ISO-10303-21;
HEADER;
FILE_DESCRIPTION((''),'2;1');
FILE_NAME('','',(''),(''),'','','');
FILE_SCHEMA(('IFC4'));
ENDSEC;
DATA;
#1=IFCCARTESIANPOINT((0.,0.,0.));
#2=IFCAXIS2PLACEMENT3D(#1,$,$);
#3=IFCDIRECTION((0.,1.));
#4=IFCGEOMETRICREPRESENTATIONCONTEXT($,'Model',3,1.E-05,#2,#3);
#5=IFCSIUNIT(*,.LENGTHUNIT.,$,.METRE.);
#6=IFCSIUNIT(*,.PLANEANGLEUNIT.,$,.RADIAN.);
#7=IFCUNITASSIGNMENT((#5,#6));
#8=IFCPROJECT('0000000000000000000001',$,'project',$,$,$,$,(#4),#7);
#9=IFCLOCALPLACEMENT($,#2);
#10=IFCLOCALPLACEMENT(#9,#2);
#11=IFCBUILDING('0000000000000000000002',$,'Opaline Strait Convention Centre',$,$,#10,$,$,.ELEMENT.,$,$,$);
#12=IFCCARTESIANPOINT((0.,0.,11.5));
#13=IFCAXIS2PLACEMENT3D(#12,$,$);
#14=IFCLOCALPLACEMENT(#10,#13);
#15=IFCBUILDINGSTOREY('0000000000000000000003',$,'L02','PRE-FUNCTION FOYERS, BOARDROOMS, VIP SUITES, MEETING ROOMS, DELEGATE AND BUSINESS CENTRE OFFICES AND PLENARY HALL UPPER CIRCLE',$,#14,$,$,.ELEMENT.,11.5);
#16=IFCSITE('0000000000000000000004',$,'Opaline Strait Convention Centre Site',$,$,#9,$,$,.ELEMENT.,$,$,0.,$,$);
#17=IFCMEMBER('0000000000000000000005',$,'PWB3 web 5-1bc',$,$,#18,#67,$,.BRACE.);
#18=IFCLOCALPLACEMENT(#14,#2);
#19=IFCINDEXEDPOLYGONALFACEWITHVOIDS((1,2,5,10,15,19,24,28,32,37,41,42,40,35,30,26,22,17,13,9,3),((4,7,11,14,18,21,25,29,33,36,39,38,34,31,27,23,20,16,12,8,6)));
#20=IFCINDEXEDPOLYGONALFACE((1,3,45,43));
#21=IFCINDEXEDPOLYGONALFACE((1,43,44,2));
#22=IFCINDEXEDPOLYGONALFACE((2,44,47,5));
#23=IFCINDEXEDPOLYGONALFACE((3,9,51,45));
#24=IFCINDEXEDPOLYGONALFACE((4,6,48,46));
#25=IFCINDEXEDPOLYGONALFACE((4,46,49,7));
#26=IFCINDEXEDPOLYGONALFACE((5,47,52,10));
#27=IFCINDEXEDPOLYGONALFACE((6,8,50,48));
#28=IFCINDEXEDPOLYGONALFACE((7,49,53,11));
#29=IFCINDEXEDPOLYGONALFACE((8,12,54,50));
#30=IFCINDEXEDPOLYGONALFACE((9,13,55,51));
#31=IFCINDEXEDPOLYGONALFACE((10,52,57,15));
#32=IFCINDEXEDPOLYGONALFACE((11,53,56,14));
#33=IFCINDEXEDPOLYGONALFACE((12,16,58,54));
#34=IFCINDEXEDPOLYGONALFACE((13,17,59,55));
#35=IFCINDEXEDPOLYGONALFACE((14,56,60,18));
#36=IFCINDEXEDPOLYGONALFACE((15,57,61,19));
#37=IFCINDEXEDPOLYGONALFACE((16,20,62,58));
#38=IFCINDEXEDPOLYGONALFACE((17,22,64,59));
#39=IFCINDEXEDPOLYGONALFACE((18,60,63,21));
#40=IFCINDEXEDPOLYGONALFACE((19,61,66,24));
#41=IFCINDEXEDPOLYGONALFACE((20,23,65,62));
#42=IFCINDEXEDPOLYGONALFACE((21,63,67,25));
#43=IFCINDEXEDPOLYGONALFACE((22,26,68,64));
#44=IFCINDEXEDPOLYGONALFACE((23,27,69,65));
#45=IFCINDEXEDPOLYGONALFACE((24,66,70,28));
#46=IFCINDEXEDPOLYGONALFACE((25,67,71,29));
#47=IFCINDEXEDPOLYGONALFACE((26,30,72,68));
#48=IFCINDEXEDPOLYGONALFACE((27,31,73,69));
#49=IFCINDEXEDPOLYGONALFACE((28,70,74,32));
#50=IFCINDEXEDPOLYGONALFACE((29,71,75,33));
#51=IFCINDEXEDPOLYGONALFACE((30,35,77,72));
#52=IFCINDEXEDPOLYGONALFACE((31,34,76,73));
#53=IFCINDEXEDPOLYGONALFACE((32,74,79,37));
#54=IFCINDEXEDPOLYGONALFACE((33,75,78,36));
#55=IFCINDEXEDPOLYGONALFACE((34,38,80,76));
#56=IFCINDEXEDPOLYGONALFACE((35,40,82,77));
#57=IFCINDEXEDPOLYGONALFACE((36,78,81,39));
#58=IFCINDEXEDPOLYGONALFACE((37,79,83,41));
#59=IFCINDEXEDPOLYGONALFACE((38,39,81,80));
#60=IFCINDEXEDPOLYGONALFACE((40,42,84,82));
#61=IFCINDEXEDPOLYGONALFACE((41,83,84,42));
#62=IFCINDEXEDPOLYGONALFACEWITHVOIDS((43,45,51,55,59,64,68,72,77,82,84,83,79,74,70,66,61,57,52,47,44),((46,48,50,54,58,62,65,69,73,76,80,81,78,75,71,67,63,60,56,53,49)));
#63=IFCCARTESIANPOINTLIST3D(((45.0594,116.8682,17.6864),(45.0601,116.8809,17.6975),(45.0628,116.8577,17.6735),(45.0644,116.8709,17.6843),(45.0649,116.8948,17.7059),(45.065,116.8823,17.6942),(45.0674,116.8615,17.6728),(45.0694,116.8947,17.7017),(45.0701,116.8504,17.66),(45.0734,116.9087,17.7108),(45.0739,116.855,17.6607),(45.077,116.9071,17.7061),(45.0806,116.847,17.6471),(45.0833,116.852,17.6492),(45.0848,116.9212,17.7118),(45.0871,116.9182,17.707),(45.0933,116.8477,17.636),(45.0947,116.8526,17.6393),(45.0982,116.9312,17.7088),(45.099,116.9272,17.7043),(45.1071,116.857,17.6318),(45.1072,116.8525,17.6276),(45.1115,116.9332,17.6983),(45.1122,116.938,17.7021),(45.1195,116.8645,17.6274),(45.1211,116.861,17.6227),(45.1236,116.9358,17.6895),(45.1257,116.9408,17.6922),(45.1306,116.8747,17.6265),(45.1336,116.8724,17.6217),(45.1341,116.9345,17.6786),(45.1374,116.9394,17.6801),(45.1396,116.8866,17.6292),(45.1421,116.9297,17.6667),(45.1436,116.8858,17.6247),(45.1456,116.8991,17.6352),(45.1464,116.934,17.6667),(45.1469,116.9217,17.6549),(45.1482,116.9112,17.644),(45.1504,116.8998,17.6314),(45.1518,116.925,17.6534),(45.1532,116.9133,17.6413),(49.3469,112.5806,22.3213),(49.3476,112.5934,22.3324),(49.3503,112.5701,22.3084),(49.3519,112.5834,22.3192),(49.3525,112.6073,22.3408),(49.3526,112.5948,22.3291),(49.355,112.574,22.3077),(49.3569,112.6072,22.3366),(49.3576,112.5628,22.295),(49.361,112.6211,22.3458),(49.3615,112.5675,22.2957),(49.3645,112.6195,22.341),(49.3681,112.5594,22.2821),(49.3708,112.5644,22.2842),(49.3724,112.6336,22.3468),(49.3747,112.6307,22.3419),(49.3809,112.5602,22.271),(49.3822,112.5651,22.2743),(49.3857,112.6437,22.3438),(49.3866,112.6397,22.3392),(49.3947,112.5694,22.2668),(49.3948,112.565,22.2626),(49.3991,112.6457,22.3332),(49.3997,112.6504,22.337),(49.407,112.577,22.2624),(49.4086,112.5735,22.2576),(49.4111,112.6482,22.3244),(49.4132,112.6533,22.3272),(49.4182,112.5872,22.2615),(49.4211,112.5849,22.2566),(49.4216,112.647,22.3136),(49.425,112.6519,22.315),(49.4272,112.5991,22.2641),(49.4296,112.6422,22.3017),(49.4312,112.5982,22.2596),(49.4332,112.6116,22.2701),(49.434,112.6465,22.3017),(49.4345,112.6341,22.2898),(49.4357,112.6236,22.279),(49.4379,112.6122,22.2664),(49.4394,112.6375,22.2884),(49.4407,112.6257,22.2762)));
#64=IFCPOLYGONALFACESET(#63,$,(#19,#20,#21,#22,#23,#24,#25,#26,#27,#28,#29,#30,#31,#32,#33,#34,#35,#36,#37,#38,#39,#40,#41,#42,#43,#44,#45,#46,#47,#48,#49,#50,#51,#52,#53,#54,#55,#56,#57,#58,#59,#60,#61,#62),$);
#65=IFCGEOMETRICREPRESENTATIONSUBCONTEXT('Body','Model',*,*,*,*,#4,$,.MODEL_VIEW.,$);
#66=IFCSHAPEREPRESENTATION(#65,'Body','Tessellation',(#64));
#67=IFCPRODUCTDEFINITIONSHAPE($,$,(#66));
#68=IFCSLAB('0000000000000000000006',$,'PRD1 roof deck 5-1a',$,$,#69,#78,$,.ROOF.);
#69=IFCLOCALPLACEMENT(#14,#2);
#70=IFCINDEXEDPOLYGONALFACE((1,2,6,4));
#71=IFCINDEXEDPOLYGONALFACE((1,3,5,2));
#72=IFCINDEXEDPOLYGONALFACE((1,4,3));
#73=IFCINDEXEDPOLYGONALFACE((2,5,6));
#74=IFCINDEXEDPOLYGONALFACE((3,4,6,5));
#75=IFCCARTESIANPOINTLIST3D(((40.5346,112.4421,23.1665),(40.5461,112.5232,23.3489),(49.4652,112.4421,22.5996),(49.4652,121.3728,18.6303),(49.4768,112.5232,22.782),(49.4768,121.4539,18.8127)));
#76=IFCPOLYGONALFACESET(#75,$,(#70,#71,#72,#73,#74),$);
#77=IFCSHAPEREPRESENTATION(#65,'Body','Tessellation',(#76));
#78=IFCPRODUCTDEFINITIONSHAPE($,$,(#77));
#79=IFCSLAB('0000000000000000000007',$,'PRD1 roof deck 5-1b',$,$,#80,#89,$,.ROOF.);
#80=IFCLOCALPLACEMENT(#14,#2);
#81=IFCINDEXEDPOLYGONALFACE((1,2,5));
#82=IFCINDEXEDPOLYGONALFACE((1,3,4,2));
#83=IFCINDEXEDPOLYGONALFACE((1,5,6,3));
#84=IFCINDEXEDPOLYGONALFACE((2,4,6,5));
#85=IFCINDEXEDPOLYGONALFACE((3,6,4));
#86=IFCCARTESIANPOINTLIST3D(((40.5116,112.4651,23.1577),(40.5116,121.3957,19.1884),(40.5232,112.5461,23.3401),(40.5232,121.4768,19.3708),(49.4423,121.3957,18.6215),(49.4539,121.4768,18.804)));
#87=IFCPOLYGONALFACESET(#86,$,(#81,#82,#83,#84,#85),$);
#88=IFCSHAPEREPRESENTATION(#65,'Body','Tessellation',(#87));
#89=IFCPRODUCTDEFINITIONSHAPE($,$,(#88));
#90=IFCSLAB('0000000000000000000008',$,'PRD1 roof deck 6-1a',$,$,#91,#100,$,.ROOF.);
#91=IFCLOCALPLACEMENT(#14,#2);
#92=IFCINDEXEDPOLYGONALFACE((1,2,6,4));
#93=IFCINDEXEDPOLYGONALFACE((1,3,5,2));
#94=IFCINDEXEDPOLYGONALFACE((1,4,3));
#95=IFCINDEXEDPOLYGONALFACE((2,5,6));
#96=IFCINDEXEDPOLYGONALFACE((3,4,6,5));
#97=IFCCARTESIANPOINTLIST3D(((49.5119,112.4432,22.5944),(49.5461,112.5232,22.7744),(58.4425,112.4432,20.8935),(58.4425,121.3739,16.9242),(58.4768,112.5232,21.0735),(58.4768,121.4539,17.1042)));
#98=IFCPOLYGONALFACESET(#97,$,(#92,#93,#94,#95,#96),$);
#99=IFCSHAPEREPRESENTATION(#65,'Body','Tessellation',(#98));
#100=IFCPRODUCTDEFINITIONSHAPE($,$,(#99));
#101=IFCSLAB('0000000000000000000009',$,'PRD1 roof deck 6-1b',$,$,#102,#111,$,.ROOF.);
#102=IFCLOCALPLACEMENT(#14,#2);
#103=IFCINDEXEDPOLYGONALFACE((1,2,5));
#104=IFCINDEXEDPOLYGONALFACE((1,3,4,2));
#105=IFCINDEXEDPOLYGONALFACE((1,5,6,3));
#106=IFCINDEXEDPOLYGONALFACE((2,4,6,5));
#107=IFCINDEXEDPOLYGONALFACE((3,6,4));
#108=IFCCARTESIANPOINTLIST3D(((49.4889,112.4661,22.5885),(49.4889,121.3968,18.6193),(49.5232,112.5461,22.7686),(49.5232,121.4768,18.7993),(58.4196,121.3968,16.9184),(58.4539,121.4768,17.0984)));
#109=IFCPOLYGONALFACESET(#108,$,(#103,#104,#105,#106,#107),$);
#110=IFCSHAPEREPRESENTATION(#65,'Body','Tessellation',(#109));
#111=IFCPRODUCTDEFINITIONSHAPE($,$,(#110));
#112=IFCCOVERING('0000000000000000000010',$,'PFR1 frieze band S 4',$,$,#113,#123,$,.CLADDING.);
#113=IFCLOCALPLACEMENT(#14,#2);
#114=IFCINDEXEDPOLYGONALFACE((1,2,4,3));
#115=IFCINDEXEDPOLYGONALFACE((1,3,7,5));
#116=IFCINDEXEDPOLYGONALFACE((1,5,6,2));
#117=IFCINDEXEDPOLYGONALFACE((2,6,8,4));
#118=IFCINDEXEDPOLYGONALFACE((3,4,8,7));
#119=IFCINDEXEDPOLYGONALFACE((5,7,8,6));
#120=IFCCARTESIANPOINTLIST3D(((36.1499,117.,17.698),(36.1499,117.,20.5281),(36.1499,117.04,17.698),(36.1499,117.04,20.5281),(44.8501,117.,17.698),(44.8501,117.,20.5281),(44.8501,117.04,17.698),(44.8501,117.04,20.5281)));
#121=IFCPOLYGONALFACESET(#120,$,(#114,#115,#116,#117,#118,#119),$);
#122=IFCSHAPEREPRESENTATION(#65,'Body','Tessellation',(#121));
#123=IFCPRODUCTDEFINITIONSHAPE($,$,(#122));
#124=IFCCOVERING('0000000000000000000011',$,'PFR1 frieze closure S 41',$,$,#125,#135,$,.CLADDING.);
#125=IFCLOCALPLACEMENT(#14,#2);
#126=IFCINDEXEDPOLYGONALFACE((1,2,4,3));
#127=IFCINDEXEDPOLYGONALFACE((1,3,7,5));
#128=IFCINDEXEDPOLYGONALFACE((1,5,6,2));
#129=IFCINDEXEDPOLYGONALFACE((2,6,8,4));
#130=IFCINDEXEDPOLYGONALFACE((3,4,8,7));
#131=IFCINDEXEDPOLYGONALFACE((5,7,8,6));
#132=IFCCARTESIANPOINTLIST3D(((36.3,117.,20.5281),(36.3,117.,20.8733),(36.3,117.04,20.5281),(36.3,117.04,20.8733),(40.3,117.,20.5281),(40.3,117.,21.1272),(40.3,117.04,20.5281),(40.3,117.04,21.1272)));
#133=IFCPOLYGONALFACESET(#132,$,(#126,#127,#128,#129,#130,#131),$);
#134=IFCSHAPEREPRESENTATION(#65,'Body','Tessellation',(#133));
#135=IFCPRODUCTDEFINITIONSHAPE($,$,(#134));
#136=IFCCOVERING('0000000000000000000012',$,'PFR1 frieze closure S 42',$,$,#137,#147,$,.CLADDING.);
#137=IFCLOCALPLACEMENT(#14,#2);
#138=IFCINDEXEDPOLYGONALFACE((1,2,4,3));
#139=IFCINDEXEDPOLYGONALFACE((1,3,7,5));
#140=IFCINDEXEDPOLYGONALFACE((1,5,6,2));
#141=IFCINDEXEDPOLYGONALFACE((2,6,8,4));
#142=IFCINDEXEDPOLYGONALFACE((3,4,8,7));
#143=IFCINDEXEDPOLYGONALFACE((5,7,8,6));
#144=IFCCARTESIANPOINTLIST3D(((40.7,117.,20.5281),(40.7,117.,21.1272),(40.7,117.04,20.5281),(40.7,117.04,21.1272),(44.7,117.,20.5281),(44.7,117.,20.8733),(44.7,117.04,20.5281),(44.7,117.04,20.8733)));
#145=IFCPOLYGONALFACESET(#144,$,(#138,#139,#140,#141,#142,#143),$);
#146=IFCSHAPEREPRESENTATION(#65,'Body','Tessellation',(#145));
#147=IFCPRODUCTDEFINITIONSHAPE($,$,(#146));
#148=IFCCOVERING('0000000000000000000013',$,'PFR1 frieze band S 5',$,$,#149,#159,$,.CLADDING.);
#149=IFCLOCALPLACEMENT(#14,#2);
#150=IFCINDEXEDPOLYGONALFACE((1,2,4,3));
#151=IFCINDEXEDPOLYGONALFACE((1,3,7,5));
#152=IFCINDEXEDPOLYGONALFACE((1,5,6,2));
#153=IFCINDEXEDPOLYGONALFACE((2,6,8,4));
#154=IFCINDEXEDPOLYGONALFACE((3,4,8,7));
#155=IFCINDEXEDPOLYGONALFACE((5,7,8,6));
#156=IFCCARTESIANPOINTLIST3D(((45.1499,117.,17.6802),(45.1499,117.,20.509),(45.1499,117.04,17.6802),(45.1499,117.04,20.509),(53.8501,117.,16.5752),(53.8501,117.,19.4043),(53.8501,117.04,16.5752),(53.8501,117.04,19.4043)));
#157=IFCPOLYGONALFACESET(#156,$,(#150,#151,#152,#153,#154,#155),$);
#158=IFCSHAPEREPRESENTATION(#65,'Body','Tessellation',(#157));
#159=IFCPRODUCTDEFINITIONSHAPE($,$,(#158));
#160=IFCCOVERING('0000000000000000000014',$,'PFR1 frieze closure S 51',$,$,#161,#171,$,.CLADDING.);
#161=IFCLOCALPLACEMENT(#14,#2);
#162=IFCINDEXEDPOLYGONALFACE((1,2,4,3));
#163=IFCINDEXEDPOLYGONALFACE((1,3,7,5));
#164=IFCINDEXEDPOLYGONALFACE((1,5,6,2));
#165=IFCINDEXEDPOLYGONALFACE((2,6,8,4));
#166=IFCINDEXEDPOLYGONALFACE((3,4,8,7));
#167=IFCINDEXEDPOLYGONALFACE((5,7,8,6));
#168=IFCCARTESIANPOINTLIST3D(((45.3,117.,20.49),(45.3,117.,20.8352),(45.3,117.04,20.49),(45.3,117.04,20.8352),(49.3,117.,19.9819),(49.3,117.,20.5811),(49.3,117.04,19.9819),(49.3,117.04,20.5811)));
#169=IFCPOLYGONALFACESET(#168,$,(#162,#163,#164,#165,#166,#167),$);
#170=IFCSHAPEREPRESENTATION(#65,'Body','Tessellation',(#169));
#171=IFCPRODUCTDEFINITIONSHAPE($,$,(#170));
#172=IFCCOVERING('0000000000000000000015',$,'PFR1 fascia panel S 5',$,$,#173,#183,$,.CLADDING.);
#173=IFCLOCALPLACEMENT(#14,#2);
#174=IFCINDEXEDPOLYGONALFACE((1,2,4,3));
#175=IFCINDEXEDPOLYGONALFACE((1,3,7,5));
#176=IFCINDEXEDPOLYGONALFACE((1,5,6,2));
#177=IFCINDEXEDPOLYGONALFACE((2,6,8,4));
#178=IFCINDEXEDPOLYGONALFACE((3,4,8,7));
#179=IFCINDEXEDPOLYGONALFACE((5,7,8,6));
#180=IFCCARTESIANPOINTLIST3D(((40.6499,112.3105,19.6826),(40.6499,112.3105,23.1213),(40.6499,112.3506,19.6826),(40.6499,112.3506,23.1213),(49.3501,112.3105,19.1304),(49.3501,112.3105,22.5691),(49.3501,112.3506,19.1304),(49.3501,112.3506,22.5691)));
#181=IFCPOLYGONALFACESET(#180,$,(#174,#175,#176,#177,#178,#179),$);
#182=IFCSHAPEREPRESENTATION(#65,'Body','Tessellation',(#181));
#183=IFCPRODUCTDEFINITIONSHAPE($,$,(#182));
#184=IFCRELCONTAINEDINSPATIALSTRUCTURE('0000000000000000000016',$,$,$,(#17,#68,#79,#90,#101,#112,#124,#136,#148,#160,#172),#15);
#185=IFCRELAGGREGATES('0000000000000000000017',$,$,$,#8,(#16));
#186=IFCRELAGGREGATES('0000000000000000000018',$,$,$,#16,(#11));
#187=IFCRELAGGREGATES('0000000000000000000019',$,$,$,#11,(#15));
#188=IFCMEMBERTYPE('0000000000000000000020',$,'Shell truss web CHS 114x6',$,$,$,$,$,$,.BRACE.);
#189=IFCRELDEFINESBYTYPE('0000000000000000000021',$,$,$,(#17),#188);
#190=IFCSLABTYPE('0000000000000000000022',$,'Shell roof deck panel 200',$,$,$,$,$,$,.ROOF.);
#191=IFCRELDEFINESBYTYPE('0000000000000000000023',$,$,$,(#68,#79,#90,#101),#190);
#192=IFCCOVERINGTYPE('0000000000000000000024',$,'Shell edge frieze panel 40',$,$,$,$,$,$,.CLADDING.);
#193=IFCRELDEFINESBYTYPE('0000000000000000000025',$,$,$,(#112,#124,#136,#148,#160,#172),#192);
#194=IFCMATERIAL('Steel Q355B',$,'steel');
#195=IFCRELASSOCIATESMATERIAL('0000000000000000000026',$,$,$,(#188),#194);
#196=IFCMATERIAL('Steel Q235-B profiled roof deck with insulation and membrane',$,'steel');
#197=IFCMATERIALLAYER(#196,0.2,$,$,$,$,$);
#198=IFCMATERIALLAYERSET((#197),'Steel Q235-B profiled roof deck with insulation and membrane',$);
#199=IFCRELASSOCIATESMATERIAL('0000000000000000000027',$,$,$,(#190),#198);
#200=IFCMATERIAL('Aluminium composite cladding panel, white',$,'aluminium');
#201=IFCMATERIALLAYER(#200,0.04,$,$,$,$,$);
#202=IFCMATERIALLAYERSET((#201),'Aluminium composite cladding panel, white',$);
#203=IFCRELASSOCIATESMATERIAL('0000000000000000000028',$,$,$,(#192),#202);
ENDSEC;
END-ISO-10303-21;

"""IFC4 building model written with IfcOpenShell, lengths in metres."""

from ifc_helpers import new_model, si_unit, direction, frame, origin, origin_2d, place, context, subcontext, project, spatial, polyline, hollow_circle, outline, extrude, material, layer, layer_set, material_profile, profile_set, type_object, element, save


model = new_model("IFC4")

# Units and contexts
model_context = context("Model", 3, precision=1e-05, world=origin(), true_north=direction((0.0, 1.0)))
body_context = subcontext(model_context, "Body", "Model", "MODEL_VIEW")
ifc_project = project(units=[si_unit("LENGTHUNIT", "METRE"), si_unit("PLANEANGLEUNIT", "RADIAN")], contexts=[model_context])

# Site, building, storey
site_placement = place(None, origin())
site = spatial("IfcSite", under=ifc_project, at=site_placement, Name="Opaline Strait Convention Centre Site", CompositionType="ELEMENT", RefElevation=0.0)
building_placement = place(site_placement, origin())
building = spatial("IfcBuilding", under=site, at=building_placement, Name="Opaline Strait Convention Centre", CompositionType="ELEMENT")
storey_placement = place(building_placement, frame((0.0, 0.0, 11.5)))
storey = spatial("IfcBuildingStorey", under=building, at=storey_placement, Name="L02", Description="PRE-FUNCTION FOYERS, BOARDROOMS, VIP SUITES, MEETING ROOMS, DELEGATE AND BUSINESS CENTRE OFFICES AND PLENARY HALL UPPER CIRCLE", CompositionType="ELEMENT", Elevation=11.5)

# Member
ifc_material_1 = material(Name="Steel Q355B", Category="steel")
ifc_material_profile_1 = material_profile(ifc_material_1, hollow_circle(Radius=0.0569, WallThickness=0.0061, at=origin_2d()), Name="CHS 114x6")
ifc_profile_set_1 = profile_set([ifc_material_profile_1], Name="Steel Q355B")
member_type_1 = type_object("IfcMemberType", Name="Shell truss web CHS 114x6", PredefinedType="BRACE", material=ifc_profile_set_1)
member_1_placement = place(storey_placement, frame((45.1062, 116.8938, 17.6667), z_axis=(0.561778, -0.561778, 0.607298), x_axis=(0.707107, 0.707107, 0.0)))
element("IfcMember", 1, at=member_1_placement, inside=storey, type_object=member_type_1, Name="PWB3 web 5-1bc", PredefinedType="BRACE", context=body_context, shape_type="SweptSolid", body=[
    extrude(hollow_circle(Radius=0.0569, WallThickness=0.0061, at=origin_2d()), origin(), (0.0, 0.0, 1.0), 7.6321),
])

# Slabs
ifc_material_2 = material(Name="Steel Q235-B profiled roof deck with insulation and membrane", Category="steel")
ifc_layer_1 = layer(ifc_material_2, 0.2)
ifc_layer_set_1 = layer_set([ifc_layer_1], Name="Steel Q235-B profiled roof deck with insulation and membrane")
slab_type = type_object("IfcSlabType", Name="Shell roof deck panel 200", PredefinedType="ROOF", material=ifc_layer_set_1)
slab_1_placement = place(storey_placement, frame((40.5461, 112.5232, 23.3489), z_axis=(0.057909, 0.405462, 0.912276), x_axis=(0.997991, 0.0, -0.06335)))
element("IfcSlab", 2, at=slab_1_placement, inside=storey, type_object=slab_type, Name="PRD1 roof deck 5-1a", PredefinedType="ROOF", context=body_context, shape_type="SweptSolid", body=[
    extrude(outline(polyline([(0.0, 0.0), (8.9486, 0.0), (9.2001, 9.7698), (0.0, 0.0)])), origin(), (0.0, 0.0, -1.0), 0.2),
])
slab_2_placement = place(storey_placement, frame((40.5232, 112.5461, 23.3401), z_axis=(0.057909, 0.405462, 0.912276), x_axis=(0.665486, 0.665486, -0.338019)))
element("IfcSlab", 3, at=slab_2_placement, inside=storey, type_object=slab_type, Name="PRD1 roof deck 5-1b", PredefinedType="ROOF", context=body_context, shape_type="SweptSolid", body=[
    extrude(outline(polyline([(0.0, 0.0), (13.4198, 0.0), (7.2849, 6.5147), (0.0, 0.0)])), origin(), (0.0, 0.0, -1.0), 0.2),
])
slab_3_placement = place(storey_placement, frame((49.5461, 112.5232, 22.7744), z_axis=(0.171466, 0.400128, 0.900276), x_axis=(0.982342, 0.0, -0.187096)))
element("IfcSlab", 4, at=slab_3_placement, inside=storey, type_object=slab_type, Name="PRD1 roof deck 6-1a", PredefinedType="ROOF", context=body_context, shape_type="SweptSolid", body=[
    extrude(outline(polyline([(0.0, 0.0), (9.0912, 0.0), (9.8338, 9.7447), (0.0, 0.0)])), origin(), (0.0, 0.0, -1.0), 0.2),
])
slab_4_placement = place(storey_placement, frame((49.5232, 112.5461, 22.7686), z_axis=(0.171466, 0.400128, 0.900276), x_axis=(0.645079, 0.645079, -0.409567)))
element("IfcSlab", 5, at=slab_4_placement, inside=storey, type_object=slab_type, Name="PRD1 roof deck 6-1b", PredefinedType="ROOF", context=body_context, shape_type="SweptSolid", body=[
    extrude(outline(polyline([(0.0, 0.0), (13.8443, 0.0), (7.3867, 6.3991), (0.0, 0.0)])), origin(), (0.0, 0.0, -1.0), 0.2),
])

# Coverings
ifc_material_3 = material(Name="Aluminium composite cladding panel, white", Category="aluminium")
ifc_layer_2 = layer(ifc_material_3, 0.04)
ifc_layer_set_2 = layer_set([ifc_layer_2], Name="Aluminium composite cladding panel, white")
covering_type = type_object("IfcCoveringType", Name="Shell edge frieze panel 40", PredefinedType="CLADDING", material=ifc_layer_set_2)
covering_1_placement = place(storey_placement, frame((36.1499, 117.0, 17.698), z_axis=(0.0, -1.0, 0.0), x_axis=(1.0, 0.0, 0.0)))
element("IfcCovering", 6, at=covering_1_placement, inside=storey, type_object=covering_type, Name="PFR1 frieze band S 4", PredefinedType="CLADDING", context=body_context, shape_type="SweptSolid", body=[
    extrude(outline(polyline([(0.0, 0.0), (8.7002, 0.0), (8.7002, 2.8301), (0.0, 2.8301), (0.0, 0.0)])), origin(), (0.0, 0.0, -1.0), 0.04),
])
covering_2_placement = place(storey_placement, frame((36.3, 117.0, 20.5281), z_axis=(0.0, -1.0, 0.0), x_axis=(1.0, 0.0, 0.0)))
element("IfcCovering", 7, at=covering_2_placement, inside=storey, type_object=covering_type, Name="PFR1 frieze closure S 41", PredefinedType="CLADDING", context=body_context, shape_type="SweptSolid", body=[
    extrude(outline(polyline([(0.0, 0.0), (4.0, 0.0), (4.0, 0.5991), (0.0, 0.3452), (0.0, 0.0)])), origin(), (0.0, 0.0, -1.0), 0.04),
])
covering_3_placement = place(storey_placement, frame((40.7, 117.0, 20.5281), z_axis=(0.0, -1.0, 0.0), x_axis=(1.0, 0.0, 0.0)))
element("IfcCovering", 8, at=covering_3_placement, inside=storey, type_object=covering_type, Name="PFR1 frieze closure S 42", PredefinedType="CLADDING", context=body_context, shape_type="SweptSolid", body=[
    extrude(outline(polyline([(0.0, 0.0), (4.0, 0.0), (4.0, 0.3452), (0.0, 0.5991), (0.0, 0.0)])), origin(), (0.0, 0.0, -1.0), 0.04),
])
covering_4_placement = place(storey_placement, frame((45.1499, 117.0, 17.6802), z_axis=(0.0, -1.0, 0.0), x_axis=(0.992031, 0.0, -0.125994)))
element("IfcCovering", 9, at=covering_4_placement, inside=storey, type_object=covering_type, Name="PFR1 frieze band S 5", PredefinedType="CLADDING", context=body_context, shape_type="SweptSolid", body=[
    extrude(outline(polyline([(0.0, 0.0), (8.7701, 0.0), (8.4136, 2.8066), (-0.3564, 2.8063), (0.0, 0.0)])), origin(), (0.0, 0.0, -1.0), 0.04),
])
covering_5_placement = place(storey_placement, frame((45.3, 117.0, 20.49), z_axis=(0.0, -1.0, 0.0), x_axis=(0.99203, 0.0, -0.126002)))
element("IfcCovering", 10, at=covering_5_placement, inside=storey, type_object=covering_type, Name="PFR1 frieze closure S 51", PredefinedType="CLADDING", context=body_context, shape_type="SweptSolid", body=[
    extrude(outline(polyline([(0.0, 0.0), (4.0321, 0.0), (3.9566, 0.5943), (-0.0435, 0.3425), (0.0, 0.0)])), origin(), (0.0, 0.0, -1.0), 0.04),
])
covering_6_placement = place(storey_placement, frame((40.6499, 112.3506, 23.1213), z_axis=(0.0, 1.0, 0.0), x_axis=(0.997992, 0.0, -0.063348)))
element("IfcCovering", 11, at=covering_6_placement, inside=storey, type_object=covering_type, Name="PFR1 fascia panel S 5", PredefinedType="CLADDING", context=body_context, shape_type="SweptSolid", body=[
    extrude(outline(polyline([(0.0, 0.0), (8.7177, 0.0), (8.9355, 3.4318), (0.2178, 3.4318), (0.0, 0.0)])), origin(), (0.0, 0.0, -1.0), 0.04),
])

save(model, "model.ifc")
